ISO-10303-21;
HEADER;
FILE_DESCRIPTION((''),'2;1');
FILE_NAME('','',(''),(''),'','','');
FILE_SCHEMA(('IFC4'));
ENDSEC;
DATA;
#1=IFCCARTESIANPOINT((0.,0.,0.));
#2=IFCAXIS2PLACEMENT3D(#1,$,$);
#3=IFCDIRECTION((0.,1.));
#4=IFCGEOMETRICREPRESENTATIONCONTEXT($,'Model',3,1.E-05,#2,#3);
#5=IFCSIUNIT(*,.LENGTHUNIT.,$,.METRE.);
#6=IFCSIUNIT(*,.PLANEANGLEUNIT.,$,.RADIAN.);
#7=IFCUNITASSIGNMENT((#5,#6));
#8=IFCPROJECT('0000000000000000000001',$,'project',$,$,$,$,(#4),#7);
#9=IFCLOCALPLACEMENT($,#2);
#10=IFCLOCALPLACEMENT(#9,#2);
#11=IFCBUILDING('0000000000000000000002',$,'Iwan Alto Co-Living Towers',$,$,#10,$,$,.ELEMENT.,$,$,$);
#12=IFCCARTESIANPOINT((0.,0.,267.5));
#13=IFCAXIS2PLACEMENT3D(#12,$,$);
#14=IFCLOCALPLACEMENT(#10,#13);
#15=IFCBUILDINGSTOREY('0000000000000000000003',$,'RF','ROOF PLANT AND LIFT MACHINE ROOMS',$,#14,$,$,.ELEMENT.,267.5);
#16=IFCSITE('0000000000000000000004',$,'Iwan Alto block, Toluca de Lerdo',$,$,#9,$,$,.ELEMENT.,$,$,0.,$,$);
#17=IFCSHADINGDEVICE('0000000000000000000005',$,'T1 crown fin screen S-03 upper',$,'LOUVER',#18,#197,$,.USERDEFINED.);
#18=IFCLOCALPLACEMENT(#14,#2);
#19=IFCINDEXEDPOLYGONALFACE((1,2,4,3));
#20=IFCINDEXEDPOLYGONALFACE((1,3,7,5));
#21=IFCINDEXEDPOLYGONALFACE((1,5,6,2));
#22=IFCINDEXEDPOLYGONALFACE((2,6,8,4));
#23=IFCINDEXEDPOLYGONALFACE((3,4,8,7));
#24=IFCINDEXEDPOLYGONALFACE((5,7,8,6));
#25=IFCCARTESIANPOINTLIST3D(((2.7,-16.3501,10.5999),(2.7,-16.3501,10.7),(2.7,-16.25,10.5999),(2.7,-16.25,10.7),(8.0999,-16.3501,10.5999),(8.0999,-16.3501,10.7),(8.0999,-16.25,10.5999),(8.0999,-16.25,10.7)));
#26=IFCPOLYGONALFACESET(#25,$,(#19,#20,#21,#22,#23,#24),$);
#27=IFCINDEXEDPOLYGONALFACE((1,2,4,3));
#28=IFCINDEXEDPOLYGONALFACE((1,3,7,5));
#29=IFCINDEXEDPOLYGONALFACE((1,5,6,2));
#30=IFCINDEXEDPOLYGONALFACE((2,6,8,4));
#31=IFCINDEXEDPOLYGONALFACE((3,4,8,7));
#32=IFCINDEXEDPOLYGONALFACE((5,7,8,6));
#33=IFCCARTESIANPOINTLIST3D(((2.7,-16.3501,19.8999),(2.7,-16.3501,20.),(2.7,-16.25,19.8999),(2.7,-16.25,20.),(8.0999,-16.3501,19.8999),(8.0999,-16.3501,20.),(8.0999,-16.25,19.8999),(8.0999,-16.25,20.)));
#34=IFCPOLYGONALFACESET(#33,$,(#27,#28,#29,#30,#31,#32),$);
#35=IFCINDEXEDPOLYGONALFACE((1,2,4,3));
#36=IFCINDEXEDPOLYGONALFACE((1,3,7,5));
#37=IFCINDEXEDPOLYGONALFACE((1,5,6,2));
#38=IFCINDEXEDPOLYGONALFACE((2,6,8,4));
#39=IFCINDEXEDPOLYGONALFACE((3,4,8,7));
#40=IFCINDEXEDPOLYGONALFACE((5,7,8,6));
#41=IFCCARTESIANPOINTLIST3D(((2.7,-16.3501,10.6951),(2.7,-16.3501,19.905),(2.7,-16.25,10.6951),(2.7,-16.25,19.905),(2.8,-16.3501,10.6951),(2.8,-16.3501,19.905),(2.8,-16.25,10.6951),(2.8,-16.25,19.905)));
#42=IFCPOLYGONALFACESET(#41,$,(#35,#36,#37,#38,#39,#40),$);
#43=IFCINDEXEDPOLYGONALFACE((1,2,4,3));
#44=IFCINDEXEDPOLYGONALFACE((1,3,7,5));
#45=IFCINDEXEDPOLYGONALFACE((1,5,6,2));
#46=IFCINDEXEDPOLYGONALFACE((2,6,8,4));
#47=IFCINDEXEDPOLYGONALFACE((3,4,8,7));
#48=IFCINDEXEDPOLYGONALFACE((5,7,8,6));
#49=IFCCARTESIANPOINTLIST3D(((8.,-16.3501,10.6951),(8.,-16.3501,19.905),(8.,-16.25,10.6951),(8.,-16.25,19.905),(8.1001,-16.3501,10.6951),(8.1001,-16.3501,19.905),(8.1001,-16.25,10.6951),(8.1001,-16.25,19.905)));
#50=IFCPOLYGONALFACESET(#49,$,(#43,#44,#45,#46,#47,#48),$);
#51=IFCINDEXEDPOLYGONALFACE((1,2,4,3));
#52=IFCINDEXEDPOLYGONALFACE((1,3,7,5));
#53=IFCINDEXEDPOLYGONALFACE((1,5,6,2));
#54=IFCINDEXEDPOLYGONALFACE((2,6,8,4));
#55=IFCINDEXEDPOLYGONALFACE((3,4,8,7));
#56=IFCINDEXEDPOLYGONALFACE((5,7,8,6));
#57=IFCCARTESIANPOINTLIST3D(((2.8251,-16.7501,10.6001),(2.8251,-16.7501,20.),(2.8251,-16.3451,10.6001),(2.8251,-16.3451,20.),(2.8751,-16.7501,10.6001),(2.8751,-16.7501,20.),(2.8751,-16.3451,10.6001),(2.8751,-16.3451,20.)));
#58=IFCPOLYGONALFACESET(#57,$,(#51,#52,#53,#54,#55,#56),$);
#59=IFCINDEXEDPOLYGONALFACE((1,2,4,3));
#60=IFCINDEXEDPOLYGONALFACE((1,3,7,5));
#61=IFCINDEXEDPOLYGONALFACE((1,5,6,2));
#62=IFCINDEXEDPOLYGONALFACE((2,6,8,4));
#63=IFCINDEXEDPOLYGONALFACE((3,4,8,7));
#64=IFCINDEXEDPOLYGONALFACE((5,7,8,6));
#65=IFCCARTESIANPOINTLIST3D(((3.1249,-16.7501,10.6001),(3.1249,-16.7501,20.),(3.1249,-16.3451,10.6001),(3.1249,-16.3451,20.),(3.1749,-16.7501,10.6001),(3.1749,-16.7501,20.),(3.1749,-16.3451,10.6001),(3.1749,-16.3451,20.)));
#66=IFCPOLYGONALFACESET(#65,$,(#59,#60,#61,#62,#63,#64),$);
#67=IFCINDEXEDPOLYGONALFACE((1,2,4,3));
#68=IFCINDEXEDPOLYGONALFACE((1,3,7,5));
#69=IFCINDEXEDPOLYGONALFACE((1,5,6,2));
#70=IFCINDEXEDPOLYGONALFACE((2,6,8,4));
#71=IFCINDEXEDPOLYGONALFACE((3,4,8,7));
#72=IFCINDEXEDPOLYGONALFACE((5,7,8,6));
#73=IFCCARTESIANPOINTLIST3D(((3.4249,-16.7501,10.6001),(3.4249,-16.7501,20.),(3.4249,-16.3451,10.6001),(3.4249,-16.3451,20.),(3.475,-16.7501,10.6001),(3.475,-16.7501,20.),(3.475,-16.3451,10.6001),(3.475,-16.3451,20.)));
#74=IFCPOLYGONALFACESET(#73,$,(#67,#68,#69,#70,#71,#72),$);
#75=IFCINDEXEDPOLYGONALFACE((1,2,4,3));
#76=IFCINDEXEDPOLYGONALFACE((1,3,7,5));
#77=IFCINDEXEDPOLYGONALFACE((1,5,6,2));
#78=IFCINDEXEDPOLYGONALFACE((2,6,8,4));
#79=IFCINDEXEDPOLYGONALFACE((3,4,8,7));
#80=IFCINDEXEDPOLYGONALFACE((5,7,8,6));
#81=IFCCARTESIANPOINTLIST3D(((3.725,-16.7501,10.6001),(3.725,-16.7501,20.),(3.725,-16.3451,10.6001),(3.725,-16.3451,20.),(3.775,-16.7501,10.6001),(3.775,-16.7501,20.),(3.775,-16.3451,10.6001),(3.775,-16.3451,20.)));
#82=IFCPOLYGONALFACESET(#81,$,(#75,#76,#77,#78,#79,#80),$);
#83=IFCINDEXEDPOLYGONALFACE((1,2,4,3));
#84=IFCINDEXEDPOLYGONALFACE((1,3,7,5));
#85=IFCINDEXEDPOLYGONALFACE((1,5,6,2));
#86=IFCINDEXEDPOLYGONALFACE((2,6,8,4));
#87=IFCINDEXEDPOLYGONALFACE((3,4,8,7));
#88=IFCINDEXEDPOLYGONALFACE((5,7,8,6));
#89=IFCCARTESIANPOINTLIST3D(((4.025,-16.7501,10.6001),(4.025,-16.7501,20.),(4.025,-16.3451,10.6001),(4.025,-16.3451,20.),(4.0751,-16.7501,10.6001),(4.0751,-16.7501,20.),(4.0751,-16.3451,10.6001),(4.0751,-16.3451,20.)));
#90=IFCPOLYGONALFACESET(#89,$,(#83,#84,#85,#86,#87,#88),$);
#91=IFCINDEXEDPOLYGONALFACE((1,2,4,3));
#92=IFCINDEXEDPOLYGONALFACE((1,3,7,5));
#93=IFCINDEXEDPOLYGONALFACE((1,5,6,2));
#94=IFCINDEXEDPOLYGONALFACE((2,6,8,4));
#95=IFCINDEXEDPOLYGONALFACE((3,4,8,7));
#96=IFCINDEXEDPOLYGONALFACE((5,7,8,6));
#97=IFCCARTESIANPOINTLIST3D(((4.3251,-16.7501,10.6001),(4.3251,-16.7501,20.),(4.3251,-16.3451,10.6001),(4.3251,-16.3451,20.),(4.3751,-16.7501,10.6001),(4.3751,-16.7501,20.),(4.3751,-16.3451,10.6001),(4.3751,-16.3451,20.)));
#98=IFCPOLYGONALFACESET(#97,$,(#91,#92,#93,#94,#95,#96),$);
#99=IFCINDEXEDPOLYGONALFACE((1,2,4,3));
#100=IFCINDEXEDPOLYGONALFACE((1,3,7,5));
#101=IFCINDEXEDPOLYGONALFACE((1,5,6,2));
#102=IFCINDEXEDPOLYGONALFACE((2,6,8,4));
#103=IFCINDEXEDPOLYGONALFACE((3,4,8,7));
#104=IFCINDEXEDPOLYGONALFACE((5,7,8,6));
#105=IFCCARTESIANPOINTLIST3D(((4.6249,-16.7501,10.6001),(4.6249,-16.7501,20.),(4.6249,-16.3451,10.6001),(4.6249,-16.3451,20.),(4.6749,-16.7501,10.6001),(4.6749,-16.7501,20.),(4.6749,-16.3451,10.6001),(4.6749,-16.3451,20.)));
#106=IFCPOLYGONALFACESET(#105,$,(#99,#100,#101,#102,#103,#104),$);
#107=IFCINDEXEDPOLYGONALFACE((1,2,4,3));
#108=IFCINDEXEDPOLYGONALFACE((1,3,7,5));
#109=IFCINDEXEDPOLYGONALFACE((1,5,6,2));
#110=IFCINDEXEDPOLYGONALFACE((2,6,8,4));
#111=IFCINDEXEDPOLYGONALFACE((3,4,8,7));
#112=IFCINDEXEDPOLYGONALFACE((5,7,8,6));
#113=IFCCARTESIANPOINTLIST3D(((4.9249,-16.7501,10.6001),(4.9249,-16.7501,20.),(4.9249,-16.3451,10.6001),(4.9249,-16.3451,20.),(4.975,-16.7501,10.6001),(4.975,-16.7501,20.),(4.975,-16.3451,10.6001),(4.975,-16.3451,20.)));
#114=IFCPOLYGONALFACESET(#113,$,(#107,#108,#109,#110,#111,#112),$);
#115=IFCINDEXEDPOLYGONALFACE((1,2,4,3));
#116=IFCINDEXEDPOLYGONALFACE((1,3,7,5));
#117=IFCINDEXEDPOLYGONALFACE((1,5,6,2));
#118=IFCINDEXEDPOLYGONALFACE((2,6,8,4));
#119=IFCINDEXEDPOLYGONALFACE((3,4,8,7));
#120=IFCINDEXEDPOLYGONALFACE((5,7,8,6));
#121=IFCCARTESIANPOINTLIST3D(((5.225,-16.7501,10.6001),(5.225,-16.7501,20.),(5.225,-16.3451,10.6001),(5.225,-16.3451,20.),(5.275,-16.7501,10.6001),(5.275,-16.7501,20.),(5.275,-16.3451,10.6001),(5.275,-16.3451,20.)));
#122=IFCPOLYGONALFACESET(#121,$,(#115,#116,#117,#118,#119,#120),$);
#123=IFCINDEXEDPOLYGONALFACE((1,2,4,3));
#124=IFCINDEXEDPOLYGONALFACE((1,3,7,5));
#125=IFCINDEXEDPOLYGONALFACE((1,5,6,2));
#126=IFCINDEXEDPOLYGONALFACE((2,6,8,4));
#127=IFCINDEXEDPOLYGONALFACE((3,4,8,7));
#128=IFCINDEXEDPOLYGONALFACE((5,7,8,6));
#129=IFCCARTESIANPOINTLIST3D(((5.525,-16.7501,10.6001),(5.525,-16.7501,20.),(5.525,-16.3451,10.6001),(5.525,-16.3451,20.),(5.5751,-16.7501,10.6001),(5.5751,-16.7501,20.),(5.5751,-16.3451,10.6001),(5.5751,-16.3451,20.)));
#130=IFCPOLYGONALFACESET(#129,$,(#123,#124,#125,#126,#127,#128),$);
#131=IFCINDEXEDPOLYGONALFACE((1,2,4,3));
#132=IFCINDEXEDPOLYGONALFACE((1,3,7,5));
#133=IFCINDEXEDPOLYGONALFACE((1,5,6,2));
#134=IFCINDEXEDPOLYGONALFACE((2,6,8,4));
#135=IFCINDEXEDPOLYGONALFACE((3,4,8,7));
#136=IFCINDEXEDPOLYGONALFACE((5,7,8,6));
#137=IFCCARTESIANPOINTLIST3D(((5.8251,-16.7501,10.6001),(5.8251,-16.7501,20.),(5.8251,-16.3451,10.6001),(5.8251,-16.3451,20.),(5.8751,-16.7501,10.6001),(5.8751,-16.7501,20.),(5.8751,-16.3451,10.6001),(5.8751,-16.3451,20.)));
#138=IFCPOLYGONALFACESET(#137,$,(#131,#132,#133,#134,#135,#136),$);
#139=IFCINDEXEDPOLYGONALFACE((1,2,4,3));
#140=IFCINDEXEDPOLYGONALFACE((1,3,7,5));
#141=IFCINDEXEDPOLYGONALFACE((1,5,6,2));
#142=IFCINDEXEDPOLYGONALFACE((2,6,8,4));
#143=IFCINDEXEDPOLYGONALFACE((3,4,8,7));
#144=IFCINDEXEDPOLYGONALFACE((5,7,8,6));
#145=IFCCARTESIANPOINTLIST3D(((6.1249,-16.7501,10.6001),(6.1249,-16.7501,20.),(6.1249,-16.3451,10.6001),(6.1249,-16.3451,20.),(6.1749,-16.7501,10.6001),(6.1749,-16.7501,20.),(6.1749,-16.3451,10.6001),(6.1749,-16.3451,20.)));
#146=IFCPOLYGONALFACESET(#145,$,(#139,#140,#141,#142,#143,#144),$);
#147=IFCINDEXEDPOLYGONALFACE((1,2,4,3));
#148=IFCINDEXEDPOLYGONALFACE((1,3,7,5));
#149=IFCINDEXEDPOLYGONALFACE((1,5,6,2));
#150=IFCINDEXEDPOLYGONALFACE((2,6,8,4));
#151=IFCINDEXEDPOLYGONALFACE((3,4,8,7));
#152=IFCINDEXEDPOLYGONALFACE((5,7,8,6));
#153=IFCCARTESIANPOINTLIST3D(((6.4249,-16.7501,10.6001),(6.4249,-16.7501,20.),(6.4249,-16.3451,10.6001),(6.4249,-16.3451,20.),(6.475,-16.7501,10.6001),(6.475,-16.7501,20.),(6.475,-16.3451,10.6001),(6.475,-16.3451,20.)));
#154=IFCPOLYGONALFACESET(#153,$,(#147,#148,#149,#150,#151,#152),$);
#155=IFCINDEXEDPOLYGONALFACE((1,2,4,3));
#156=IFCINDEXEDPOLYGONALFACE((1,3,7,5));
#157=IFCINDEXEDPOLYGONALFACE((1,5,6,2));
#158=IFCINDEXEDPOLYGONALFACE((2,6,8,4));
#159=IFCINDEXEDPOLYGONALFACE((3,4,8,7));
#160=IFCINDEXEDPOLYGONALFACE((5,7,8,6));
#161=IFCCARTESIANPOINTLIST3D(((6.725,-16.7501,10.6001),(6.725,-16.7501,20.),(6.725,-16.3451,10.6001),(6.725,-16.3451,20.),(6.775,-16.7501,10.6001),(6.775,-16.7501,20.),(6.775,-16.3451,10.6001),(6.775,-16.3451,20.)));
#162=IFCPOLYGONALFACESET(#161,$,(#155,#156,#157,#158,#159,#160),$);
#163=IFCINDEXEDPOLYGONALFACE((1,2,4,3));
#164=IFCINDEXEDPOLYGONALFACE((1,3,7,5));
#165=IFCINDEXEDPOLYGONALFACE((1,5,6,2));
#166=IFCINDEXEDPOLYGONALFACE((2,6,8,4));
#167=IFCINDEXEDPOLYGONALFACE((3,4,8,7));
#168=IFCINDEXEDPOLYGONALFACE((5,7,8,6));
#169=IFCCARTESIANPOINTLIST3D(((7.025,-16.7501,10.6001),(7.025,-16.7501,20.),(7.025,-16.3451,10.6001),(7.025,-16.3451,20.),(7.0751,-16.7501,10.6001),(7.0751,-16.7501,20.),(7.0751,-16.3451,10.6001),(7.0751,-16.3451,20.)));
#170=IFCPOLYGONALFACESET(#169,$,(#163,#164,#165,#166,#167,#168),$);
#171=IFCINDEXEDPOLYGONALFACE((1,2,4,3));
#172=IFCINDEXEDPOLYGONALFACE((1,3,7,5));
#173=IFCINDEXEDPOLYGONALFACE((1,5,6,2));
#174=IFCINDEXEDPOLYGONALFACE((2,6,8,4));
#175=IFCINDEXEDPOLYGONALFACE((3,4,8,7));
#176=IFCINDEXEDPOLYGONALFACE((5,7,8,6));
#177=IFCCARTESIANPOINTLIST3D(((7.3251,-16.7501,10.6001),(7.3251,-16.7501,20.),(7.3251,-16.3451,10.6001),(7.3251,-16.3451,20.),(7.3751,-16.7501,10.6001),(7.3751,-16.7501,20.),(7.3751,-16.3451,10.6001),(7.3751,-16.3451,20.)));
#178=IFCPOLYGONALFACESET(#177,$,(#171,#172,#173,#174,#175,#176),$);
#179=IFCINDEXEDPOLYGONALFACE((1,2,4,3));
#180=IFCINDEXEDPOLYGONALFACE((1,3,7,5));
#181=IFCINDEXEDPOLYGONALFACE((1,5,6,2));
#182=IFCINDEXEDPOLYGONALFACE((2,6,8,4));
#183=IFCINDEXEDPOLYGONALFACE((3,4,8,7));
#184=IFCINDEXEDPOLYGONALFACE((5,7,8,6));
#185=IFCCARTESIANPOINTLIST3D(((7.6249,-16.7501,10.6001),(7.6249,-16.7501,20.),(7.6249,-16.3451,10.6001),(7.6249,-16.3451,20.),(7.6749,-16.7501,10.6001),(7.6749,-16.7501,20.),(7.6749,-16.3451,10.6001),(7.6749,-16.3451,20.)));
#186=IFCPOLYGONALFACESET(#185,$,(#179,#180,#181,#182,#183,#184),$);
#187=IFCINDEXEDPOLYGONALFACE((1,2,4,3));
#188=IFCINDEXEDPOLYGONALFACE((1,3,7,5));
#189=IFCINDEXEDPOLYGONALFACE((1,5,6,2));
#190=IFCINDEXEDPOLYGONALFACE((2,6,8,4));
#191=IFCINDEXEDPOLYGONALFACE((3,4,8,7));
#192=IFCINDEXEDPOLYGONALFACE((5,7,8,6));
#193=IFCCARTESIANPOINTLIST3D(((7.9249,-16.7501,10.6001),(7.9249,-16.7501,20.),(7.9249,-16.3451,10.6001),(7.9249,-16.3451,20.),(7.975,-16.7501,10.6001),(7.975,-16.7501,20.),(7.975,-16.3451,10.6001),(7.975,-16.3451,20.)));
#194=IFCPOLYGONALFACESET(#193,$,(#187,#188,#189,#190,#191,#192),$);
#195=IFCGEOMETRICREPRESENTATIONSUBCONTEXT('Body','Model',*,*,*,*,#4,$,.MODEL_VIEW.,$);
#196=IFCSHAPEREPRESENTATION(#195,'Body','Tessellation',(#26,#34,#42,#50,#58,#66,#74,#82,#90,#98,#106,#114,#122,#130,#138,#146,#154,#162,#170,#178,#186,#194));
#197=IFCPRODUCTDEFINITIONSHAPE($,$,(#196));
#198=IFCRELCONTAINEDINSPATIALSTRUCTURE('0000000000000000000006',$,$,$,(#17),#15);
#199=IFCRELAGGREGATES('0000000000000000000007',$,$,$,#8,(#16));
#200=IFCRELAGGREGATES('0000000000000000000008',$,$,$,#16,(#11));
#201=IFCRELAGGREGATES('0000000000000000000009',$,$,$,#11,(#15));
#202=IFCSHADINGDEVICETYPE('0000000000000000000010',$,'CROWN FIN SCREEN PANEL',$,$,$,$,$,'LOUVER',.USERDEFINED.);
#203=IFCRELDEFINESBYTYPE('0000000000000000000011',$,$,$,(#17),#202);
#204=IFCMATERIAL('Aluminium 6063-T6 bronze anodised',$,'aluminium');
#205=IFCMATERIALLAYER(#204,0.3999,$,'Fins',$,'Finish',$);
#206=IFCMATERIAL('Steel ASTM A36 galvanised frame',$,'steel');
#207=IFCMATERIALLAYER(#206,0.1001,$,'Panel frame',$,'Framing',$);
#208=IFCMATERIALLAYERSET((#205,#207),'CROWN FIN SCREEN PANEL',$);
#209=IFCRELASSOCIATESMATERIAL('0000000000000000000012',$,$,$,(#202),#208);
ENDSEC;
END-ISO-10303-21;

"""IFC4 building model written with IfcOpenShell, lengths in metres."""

from ifc_helpers import new_model, si_unit, direction, frame, origin, origin_2d, place, context, subcontext, project, spatial, rectangle, extrude, material, layer, layer_set, type_object, element, save


model = new_model("IFC4")

# Units and contexts
model_context = context("Model", 3, precision=1e-05, world=origin(), true_north=direction((0.0, 1.0)))
body_context = subcontext(model_context, "Body", "Model", "MODEL_VIEW")
ifc_project = project(units=[si_unit("LENGTHUNIT", "METRE"), si_unit("PLANEANGLEUNIT", "RADIAN")], contexts=[model_context])

# Site, building, storey
site_placement = place(None, origin())
site = spatial("IfcSite", under=ifc_project, at=site_placement, Name="Iwan Alto block, Toluca de Lerdo", CompositionType="ELEMENT", RefElevation=0.0)
building_placement = place(site_placement, origin())
building = spatial("IfcBuilding", under=site, at=building_placement, Name="Iwan Alto Co-Living Towers", CompositionType="ELEMENT")
storey_placement = place(building_placement, frame((0.0, 0.0, 267.5)))
storey = spatial("IfcBuildingStorey", under=building, at=storey_placement, Name="RF", Description="ROOF PLANT AND LIFT MACHINE ROOMS", CompositionType="ELEMENT", Elevation=267.5)

# Shading device
ifc_material_1 = material(Name="Aluminium 6063-T6 bronze anodised", Category="aluminium")
ifc_layer_1 = layer(ifc_material_1, 0.3999, Name="Fins", Category="Finish")
ifc_material_2 = material(Name="Steel ASTM A36 galvanised frame", Category="steel")
ifc_layer_2 = layer(ifc_material_2, 0.1001, Name="Panel frame", Category="Framing")
ifc_layer_set = layer_set([ifc_layer_1, ifc_layer_2], Name="CROWN FIN SCREEN PANEL")
shading_device_type = type_object("IfcShadingDeviceType", Name="CROWN FIN SCREEN PANEL", ElementType="LOUVER", PredefinedType="USERDEFINED", material=ifc_layer_set)
shading_device_1_placement = place(storey_placement, frame((0.0, 0.0, -267.5)))
element("IfcShadingDevice", 1, at=shading_device_1_placement, inside=storey, type_object=shading_device_type, Name="T1 crown fin screen S-03 upper", ObjectType="LOUVER", PredefinedType="USERDEFINED", context=body_context, shape_type="SweptSolid", body=[
    extrude(rectangle(XDim=5.3999, YDim=0.1001, at=origin_2d()), frame((5.3999, -16.3, 278.0999), z_axis=(0.0, 0.0, 1.0), x_axis=(1.0, 0.0, 0.0)), (0.0, 0.0, 1.0), 0.1001),
    extrude(rectangle(XDim=5.3999, YDim=0.1001, at=origin_2d()), frame((5.3999, -16.3, 287.3999), z_axis=(0.0, 0.0, 1.0), x_axis=(1.0, 0.0, 0.0)), (0.0, 0.0, 1.0), 0.1001),
    extrude(rectangle(XDim=0.1001, YDim=0.1001, at=origin_2d()), frame((2.75, -16.3, 278.1951), z_axis=(0.0, 0.0, 1.0), x_axis=(1.0, 0.0, 0.0)), (0.0, 0.0, 1.0), 9.21),
    extrude(rectangle(XDim=0.1001, YDim=0.1001, at=origin_2d()), frame((8.05, -16.3, 278.1951), z_axis=(0.0, 0.0, 1.0), x_axis=(1.0, 0.0, 0.0)), (0.0, 0.0, 1.0), 9.21),
    extrude(rectangle(XDim=0.05, YDim=0.405, at=origin_2d()), frame((2.8501, -16.5476, 278.1001), z_axis=(0.0, 0.0, 1.0), x_axis=(1.0, 0.0, 0.0)), (0.0, 0.0, 1.0), 9.3999),
    extrude(rectangle(XDim=0.05, YDim=0.405, at=origin_2d()), frame((3.1499, -16.5476, 278.1001), z_axis=(0.0, 0.0, 1.0), x_axis=(1.0, 0.0, 0.0)), (0.0, 0.0, 1.0), 9.3999),
    extrude(rectangle(XDim=0.05, YDim=0.405, at=origin_2d()), frame((3.45, -16.5476, 278.1001), z_axis=(0.0, 0.0, 1.0), x_axis=(1.0, 0.0, 0.0)), (0.0, 0.0, 1.0), 9.3999),
    extrude(rectangle(XDim=0.05, YDim=0.405, at=origin_2d()), frame((3.75, -16.5476, 278.1001), z_axis=(0.0, 0.0, 1.0), x_axis=(1.0, 0.0, 0.0)), (0.0, 0.0, 1.0), 9.3999),
    extrude(rectangle(XDim=0.05, YDim=0.405, at=origin_2d()), frame((4.05, -16.5476, 278.1001), z_axis=(0.0, 0.0, 1.0), x_axis=(1.0, 0.0, 0.0)), (0.0, 0.0, 1.0), 9.3999),
    extrude(rectangle(XDim=0.05, YDim=0.405, at=origin_2d()), frame((4.3501, -16.5476, 278.1001), z_axis=(0.0, 0.0, 1.0), x_axis=(1.0, 0.0, 0.0)), (0.0, 0.0, 1.0), 9.3999),
    extrude(rectangle(XDim=0.05, YDim=0.405, at=origin_2d()), frame((4.6499, -16.5476, 278.1001), z_axis=(0.0, 0.0, 1.0), x_axis=(1.0, 0.0, 0.0)), (0.0, 0.0, 1.0), 9.3999),
    extrude(rectangle(XDim=0.05, YDim=0.405, at=origin_2d()), frame((4.95, -16.5476, 278.1001), z_axis=(0.0, 0.0, 1.0), x_axis=(1.0, 0.0, 0.0)), (0.0, 0.0, 1.0), 9.3999),
    extrude(rectangle(XDim=0.05, YDim=0.405, at=origin_2d()), frame((5.25, -16.5476, 278.1001), z_axis=(0.0, 0.0, 1.0), x_axis=(1.0, 0.0, 0.0)), (0.0, 0.0, 1.0), 9.3999),
    extrude(rectangle(XDim=0.05, YDim=0.405, at=origin_2d()), frame((5.55, -16.5476, 278.1001), z_axis=(0.0, 0.0, 1.0), x_axis=(1.0, 0.0, 0.0)), (0.0, 0.0, 1.0), 9.3999),
    extrude(rectangle(XDim=0.05, YDim=0.405, at=origin_2d()), frame((5.8501, -16.5476, 278.1001), z_axis=(0.0, 0.0, 1.0), x_axis=(1.0, 0.0, 0.0)), (0.0, 0.0, 1.0), 9.3999),
    extrude(rectangle(XDim=0.05, YDim=0.405, at=origin_2d()), frame((6.1499, -16.5476, 278.1001), z_axis=(0.0, 0.0, 1.0), x_axis=(1.0, 0.0, 0.0)), (0.0, 0.0, 1.0), 9.3999),
    extrude(rectangle(XDim=0.05, YDim=0.405, at=origin_2d()), frame((6.45, -16.5476, 278.1001), z_axis=(0.0, 0.0, 1.0), x_axis=(1.0, 0.0, 0.0)), (0.0, 0.0, 1.0), 9.3999),
    extrude(rectangle(XDim=0.05, YDim=0.405, at=origin_2d()), frame((6.75, -16.5476, 278.1001), z_axis=(0.0, 0.0, 1.0), x_axis=(1.0, 0.0, 0.0)), (0.0, 0.0, 1.0), 9.3999),
    extrude(rectangle(XDim=0.05, YDim=0.405, at=origin_2d()), frame((7.05, -16.5476, 278.1001), z_axis=(0.0, 0.0, 1.0), x_axis=(1.0, 0.0, 0.0)), (0.0, 0.0, 1.0), 9.3999),
    extrude(rectangle(XDim=0.05, YDim=0.405, at=origin_2d()), frame((7.3501, -16.5476, 278.1001), z_axis=(0.0, 0.0, 1.0), x_axis=(1.0, 0.0, 0.0)), (0.0, 0.0, 1.0), 9.3999),
    extrude(rectangle(XDim=0.05, YDim=0.405, at=origin_2d()), frame((7.6499, -16.5476, 278.1001), z_axis=(0.0, 0.0, 1.0), x_axis=(1.0, 0.0, 0.0)), (0.0, 0.0, 1.0), 9.3999),
    extrude(rectangle(XDim=0.05, YDim=0.405, at=origin_2d()), frame((7.95, -16.5476, 278.1001), z_axis=(0.0, 0.0, 1.0), x_axis=(1.0, 0.0, 0.0)), (0.0, 0.0, 1.0), 9.3999),
])

save(model, "model.ifc")
